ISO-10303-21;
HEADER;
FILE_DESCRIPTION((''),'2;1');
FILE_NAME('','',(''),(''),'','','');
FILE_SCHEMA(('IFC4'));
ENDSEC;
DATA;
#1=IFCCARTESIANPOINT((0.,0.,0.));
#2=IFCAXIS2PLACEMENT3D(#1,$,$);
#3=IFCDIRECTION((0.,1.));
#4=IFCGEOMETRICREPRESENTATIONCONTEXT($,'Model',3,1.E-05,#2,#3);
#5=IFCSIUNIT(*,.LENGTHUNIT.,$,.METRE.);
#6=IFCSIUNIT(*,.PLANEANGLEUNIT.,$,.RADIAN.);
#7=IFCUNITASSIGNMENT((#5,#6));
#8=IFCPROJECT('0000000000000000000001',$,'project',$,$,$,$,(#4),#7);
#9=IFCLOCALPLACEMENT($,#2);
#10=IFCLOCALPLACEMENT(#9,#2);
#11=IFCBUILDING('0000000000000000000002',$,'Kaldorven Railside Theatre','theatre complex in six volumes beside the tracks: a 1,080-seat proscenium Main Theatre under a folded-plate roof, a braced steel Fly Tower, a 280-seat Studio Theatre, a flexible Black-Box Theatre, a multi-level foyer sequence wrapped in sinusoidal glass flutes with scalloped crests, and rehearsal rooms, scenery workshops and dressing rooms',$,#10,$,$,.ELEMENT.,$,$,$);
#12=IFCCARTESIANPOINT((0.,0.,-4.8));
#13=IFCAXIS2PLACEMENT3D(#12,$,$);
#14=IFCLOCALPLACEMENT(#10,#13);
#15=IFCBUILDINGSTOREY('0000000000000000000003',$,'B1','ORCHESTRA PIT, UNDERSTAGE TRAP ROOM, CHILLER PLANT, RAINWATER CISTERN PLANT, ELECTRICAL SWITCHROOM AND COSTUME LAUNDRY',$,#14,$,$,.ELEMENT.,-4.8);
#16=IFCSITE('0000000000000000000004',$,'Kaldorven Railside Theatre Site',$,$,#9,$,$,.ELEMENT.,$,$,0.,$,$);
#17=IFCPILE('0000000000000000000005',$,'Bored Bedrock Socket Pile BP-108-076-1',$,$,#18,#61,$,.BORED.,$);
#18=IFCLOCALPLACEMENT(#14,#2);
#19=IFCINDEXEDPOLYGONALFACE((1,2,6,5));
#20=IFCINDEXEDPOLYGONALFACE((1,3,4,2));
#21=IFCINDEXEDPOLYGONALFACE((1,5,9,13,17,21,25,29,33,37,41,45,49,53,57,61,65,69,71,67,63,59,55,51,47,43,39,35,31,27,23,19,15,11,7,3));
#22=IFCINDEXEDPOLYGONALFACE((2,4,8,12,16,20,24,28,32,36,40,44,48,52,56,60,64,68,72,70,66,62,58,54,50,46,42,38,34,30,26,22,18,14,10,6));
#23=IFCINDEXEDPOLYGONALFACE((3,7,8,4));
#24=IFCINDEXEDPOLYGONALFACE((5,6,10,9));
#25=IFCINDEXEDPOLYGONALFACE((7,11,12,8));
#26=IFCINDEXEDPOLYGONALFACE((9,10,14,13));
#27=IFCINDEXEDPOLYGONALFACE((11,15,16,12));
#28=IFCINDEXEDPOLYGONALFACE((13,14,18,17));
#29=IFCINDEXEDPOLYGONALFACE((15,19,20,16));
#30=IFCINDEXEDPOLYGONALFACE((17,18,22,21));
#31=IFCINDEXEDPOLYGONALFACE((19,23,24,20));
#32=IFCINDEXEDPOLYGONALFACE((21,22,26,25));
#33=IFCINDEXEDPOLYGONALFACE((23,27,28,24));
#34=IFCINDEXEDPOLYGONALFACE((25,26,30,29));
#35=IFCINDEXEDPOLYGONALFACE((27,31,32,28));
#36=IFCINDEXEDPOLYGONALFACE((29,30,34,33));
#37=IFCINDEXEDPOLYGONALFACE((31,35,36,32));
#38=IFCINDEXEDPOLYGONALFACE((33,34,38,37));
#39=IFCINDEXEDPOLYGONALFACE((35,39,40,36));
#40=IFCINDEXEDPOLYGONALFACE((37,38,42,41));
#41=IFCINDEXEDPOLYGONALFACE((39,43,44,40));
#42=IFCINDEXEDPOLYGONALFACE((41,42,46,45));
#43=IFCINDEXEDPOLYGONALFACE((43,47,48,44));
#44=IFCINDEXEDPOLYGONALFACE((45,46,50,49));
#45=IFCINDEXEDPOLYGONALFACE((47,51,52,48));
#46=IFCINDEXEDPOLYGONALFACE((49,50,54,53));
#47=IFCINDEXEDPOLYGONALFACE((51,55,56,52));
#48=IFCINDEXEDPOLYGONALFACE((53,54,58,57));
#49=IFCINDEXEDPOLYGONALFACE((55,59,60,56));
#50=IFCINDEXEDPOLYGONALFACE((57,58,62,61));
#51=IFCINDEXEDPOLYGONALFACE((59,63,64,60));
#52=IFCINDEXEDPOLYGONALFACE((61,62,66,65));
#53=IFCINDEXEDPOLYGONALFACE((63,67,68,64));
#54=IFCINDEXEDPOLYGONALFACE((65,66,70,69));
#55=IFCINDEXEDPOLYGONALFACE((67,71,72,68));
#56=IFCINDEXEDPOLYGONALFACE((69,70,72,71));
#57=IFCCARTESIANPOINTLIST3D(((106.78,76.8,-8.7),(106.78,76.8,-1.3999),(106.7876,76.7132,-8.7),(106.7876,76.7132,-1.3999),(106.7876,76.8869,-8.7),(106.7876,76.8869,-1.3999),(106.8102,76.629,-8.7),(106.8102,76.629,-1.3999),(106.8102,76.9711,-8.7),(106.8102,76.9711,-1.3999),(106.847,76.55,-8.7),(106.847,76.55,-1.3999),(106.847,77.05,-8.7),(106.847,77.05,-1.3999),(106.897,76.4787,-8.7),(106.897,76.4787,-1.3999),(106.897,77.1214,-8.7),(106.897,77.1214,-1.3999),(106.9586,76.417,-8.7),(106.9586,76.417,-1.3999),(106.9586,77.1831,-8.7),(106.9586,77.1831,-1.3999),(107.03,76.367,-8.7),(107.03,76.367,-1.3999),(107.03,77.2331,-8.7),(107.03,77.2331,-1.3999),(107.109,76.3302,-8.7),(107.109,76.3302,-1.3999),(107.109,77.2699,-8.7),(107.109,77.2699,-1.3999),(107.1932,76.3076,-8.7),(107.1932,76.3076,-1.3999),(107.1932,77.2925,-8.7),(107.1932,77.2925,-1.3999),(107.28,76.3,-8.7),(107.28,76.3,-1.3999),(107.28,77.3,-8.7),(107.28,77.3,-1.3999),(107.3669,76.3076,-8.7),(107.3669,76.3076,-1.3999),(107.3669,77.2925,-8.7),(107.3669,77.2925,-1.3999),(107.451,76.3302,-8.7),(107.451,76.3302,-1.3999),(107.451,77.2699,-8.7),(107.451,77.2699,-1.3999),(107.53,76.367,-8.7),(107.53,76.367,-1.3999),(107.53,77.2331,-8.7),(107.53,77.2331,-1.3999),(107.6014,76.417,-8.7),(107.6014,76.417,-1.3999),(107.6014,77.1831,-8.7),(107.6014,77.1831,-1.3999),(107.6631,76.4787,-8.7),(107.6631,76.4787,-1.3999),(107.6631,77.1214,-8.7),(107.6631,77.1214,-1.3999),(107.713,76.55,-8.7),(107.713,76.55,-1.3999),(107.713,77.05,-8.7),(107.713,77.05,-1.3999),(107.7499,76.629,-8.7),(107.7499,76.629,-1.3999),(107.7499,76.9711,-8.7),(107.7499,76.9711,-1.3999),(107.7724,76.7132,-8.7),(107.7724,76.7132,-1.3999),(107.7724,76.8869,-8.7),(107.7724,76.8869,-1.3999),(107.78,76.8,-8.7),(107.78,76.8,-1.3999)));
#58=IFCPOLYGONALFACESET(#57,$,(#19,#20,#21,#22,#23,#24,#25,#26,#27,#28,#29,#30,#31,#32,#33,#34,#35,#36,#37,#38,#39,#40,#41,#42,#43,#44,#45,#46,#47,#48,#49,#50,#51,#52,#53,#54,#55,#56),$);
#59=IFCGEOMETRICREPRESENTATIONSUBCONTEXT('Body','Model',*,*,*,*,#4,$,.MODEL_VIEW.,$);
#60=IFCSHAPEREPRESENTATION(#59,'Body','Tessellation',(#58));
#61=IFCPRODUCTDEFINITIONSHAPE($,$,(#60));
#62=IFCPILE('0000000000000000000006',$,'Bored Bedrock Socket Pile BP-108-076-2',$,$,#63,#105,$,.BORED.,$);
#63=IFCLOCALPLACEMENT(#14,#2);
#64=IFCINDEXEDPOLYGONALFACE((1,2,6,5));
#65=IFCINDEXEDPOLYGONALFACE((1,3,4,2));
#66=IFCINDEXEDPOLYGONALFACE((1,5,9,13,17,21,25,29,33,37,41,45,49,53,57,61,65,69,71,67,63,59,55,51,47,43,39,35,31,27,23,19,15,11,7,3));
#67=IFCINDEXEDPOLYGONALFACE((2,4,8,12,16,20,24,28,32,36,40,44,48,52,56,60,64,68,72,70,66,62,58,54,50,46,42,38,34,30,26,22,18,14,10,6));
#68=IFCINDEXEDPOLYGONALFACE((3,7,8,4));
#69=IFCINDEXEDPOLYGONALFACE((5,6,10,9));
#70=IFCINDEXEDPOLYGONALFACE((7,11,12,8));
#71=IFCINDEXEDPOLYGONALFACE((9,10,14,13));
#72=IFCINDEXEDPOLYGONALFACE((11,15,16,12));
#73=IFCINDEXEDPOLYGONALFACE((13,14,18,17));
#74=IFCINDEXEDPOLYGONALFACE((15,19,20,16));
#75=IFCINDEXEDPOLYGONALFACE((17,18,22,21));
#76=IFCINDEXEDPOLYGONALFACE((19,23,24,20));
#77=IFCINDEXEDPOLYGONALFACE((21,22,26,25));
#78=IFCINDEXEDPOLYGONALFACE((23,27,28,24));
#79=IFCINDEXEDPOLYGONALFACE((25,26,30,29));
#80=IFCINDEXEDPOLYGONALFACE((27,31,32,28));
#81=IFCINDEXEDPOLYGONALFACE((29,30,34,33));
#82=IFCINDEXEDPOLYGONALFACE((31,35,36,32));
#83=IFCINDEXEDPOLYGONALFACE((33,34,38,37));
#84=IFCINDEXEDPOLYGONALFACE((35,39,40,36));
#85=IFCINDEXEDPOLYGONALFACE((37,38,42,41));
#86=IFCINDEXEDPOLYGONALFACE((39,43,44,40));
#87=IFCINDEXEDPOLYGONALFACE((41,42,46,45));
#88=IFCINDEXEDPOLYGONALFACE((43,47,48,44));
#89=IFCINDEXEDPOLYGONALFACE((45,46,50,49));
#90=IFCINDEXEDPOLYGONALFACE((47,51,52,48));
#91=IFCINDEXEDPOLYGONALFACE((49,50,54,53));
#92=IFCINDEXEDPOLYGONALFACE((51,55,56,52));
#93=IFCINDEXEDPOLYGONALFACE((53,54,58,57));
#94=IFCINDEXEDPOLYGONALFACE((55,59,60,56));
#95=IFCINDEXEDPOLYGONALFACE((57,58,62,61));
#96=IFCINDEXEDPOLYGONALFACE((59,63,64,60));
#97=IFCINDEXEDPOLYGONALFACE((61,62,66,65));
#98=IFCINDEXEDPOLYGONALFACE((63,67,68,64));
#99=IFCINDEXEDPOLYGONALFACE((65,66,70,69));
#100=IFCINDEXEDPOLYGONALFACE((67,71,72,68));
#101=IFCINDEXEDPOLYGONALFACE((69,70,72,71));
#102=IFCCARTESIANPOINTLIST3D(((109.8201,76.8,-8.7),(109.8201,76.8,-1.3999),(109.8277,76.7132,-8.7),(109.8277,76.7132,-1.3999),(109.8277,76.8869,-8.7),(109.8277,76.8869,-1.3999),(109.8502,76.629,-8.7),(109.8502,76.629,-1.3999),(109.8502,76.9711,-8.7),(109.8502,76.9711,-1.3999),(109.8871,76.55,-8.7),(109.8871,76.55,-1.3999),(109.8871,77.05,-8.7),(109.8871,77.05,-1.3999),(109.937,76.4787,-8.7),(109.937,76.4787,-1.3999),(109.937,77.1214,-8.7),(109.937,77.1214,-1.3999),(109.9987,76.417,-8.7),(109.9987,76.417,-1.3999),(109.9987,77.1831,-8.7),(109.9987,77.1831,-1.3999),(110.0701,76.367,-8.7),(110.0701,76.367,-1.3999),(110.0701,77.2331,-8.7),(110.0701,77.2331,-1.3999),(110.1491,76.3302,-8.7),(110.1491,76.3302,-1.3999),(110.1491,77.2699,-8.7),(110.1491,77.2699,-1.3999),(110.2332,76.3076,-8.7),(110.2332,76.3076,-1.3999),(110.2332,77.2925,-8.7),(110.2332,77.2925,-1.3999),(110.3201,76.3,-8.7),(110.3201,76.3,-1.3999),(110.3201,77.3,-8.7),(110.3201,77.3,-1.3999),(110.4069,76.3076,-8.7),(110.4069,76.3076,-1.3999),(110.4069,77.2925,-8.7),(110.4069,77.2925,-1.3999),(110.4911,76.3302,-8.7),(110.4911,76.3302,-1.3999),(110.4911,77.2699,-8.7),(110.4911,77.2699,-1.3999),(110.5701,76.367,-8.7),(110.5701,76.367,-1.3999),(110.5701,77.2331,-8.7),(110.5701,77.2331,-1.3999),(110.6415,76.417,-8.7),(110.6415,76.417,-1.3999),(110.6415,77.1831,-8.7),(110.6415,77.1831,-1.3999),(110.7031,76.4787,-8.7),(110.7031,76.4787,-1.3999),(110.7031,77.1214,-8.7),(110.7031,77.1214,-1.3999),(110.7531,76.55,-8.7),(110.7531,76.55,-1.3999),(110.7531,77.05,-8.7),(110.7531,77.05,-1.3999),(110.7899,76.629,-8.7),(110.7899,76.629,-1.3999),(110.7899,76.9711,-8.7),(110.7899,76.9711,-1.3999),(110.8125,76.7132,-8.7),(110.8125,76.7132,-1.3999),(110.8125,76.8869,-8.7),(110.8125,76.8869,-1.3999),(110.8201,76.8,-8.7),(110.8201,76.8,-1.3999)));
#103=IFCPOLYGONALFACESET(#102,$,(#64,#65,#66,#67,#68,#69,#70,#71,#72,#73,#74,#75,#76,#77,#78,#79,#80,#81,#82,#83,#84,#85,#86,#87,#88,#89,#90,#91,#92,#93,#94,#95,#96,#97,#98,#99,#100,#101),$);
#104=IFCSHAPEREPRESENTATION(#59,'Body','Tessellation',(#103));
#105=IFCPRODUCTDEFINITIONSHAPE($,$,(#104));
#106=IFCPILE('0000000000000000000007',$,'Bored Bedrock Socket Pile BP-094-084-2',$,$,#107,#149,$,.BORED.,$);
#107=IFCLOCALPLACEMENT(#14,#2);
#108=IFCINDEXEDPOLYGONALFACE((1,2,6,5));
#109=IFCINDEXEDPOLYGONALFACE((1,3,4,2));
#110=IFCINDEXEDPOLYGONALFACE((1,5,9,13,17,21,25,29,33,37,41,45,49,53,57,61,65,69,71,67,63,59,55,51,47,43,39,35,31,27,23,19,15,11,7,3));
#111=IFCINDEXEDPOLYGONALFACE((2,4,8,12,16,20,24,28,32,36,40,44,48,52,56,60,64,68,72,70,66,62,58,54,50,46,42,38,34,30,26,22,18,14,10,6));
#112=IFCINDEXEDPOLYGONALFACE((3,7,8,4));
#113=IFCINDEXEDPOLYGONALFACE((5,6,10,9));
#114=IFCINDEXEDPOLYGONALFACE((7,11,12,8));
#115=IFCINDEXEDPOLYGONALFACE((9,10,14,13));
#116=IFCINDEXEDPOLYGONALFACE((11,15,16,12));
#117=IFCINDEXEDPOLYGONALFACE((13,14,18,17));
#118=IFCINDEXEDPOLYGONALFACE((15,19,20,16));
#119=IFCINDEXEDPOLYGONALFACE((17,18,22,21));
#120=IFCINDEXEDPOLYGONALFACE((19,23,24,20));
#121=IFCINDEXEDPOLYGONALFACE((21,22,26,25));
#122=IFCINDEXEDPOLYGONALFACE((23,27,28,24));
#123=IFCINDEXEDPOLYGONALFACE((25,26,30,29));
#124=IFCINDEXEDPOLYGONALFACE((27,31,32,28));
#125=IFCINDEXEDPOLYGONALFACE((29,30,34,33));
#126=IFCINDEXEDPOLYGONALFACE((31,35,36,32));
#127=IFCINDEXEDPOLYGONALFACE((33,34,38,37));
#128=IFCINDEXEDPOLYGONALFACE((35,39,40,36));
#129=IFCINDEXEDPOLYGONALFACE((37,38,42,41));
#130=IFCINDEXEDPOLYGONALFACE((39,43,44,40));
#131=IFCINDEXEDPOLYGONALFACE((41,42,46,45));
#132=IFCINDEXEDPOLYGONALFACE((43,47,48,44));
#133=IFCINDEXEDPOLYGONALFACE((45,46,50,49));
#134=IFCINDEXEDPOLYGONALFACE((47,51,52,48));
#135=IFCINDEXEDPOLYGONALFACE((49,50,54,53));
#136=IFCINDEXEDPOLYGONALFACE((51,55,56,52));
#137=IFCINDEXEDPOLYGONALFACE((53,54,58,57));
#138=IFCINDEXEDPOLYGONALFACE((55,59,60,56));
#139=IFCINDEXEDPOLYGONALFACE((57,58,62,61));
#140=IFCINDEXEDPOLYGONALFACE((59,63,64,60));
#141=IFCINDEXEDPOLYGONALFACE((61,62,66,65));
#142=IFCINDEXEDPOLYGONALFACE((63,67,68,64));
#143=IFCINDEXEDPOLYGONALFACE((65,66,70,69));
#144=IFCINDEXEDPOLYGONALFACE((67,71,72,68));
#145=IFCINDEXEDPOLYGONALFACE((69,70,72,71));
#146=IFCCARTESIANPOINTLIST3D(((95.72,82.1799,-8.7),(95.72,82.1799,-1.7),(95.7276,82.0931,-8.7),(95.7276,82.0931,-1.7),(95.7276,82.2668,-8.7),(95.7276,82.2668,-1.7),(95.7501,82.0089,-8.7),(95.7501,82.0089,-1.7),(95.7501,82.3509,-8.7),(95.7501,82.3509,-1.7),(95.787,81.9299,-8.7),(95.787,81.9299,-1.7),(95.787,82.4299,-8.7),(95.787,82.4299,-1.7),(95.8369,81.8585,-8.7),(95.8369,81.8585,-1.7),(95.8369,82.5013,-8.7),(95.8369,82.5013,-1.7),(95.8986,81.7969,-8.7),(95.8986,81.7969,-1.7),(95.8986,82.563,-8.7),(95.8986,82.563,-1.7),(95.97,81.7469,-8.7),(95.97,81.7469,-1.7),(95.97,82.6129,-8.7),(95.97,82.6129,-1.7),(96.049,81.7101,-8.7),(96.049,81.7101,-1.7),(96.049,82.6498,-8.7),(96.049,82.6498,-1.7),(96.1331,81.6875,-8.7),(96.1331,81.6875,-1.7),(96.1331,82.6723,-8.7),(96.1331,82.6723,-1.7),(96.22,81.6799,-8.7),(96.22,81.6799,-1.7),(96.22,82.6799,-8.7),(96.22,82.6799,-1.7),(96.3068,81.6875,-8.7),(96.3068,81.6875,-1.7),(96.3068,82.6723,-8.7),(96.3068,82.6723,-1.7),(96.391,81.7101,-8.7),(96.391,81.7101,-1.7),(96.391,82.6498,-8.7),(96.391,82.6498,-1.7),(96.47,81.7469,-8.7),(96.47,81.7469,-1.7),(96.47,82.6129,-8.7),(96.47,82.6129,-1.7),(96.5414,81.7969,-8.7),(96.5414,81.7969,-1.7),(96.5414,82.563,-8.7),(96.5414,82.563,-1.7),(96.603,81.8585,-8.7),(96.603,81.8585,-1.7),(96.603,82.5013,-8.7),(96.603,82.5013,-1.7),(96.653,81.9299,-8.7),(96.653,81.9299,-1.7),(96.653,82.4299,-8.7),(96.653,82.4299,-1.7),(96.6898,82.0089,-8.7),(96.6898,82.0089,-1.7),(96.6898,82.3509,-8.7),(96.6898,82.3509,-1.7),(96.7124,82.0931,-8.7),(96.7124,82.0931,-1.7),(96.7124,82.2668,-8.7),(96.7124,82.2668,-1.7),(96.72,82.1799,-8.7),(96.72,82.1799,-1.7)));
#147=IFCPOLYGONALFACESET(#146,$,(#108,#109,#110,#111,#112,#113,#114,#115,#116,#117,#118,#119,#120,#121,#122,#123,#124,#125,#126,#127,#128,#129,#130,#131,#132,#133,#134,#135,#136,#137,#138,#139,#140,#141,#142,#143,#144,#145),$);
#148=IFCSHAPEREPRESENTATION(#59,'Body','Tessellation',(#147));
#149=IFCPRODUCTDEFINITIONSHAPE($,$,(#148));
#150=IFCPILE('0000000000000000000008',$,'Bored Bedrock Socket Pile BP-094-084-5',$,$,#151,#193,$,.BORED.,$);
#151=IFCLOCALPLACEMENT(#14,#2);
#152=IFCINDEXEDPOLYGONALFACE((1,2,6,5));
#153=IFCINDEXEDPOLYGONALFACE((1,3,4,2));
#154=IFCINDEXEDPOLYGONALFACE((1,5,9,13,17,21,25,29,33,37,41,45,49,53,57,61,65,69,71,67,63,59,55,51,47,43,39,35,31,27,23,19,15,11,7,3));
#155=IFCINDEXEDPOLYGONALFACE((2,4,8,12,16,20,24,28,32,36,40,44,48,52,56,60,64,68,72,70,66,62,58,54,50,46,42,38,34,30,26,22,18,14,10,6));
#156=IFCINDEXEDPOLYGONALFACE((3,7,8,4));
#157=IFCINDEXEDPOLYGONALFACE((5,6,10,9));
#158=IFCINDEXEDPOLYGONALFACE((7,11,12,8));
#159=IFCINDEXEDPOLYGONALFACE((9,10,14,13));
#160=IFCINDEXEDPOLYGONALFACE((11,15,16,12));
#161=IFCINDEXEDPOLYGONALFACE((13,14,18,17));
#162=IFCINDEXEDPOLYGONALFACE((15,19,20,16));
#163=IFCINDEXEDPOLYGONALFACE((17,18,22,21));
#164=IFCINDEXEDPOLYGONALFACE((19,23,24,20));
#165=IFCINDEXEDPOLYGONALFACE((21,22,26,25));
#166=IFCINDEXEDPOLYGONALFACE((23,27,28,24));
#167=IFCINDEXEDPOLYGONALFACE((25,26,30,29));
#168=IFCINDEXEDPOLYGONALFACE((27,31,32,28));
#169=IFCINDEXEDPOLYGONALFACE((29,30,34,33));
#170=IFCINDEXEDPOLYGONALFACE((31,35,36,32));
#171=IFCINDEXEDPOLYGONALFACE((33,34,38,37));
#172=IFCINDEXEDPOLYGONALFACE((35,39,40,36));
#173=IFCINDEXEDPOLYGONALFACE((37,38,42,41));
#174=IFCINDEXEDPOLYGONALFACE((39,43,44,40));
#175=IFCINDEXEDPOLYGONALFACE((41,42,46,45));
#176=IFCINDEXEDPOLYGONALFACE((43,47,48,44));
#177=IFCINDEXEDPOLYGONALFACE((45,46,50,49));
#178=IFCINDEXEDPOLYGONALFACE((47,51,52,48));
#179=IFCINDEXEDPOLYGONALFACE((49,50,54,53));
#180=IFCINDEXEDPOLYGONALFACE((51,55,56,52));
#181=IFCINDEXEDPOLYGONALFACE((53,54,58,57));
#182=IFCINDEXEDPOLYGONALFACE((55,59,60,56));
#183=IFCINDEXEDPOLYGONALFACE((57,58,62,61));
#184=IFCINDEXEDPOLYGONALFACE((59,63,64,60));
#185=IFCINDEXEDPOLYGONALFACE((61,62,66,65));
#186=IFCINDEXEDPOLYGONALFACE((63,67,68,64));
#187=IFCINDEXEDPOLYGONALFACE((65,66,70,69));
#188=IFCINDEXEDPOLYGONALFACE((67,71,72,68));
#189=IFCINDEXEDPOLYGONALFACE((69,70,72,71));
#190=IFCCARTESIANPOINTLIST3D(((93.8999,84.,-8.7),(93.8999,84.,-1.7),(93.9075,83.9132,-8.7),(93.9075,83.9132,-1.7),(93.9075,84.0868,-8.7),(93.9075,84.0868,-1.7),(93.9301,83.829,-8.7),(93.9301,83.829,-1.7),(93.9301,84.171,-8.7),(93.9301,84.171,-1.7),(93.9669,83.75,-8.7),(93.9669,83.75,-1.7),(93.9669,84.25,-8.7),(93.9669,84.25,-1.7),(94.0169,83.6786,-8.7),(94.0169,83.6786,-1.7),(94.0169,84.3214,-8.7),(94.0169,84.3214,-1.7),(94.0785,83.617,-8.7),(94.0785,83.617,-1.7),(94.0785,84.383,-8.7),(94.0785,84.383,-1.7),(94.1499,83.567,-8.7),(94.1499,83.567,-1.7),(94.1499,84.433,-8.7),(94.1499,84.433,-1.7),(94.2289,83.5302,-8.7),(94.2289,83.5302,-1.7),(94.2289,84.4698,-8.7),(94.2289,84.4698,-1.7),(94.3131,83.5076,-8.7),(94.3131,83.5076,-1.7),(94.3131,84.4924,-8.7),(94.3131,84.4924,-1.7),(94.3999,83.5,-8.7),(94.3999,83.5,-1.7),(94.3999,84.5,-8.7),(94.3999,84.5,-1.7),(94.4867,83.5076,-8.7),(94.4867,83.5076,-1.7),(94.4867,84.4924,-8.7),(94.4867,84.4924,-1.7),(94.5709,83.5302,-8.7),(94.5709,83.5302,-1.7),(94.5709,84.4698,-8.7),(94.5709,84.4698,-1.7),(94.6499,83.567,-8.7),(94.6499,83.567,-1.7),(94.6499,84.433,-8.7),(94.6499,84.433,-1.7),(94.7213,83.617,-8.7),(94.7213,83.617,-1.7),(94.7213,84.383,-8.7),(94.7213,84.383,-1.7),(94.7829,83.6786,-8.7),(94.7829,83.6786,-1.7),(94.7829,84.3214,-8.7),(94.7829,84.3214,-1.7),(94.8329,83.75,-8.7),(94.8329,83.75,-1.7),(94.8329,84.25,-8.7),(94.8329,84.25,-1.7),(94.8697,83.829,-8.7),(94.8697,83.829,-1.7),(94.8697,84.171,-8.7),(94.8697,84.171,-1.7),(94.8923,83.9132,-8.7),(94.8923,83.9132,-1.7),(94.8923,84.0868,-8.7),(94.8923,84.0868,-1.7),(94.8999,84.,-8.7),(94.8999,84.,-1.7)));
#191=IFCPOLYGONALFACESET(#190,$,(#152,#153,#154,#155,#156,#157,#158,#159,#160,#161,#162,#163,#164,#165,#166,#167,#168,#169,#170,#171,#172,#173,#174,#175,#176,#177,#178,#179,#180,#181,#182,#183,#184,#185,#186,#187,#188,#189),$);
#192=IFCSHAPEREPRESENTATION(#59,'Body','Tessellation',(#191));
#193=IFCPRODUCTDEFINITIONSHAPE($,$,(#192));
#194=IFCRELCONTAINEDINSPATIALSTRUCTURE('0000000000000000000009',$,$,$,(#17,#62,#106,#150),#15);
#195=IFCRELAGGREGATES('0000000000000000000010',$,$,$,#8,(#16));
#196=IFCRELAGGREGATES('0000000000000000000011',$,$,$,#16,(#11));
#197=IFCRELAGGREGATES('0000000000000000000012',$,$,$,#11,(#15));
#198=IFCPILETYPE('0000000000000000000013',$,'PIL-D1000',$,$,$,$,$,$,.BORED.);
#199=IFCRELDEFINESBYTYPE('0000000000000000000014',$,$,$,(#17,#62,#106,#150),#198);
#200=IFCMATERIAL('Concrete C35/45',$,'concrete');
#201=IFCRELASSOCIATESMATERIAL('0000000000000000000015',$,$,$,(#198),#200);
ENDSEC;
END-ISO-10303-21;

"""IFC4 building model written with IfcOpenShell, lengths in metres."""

from ifc_helpers import new_model, si_unit, direction, frame, origin, origin_2d, place, context, subcontext, project, spatial, circle, extrude, material, material_profile, profile_set, type_object, element, save


model = new_model("IFC4")

# Units and contexts
model_context = context("Model", 3, precision=1e-05, world=origin(), true_north=direction((0.0, 1.0)))
body_context = subcontext(model_context, "Body", "Model", "MODEL_VIEW")
ifc_project = project(units=[si_unit("LENGTHUNIT", "METRE"), si_unit("PLANEANGLEUNIT", "RADIAN")], contexts=[model_context])

# Site, building, storey
site_placement = place(None, origin())
site = spatial("IfcSite", under=ifc_project, at=site_placement, Name="Kaldorven Railside Theatre Site", CompositionType="ELEMENT", RefElevation=0.0)
building_placement = place(site_placement, origin())
building = spatial("IfcBuilding", under=site, at=building_placement, Name="Kaldorven Railside Theatre", Description="theatre complex in six volumes beside the tracks: a 1,080-seat proscenium Main Theatre under a folded-plate roof, a braced steel Fly Tower, a 280-seat Studio Theatre, a flexible Black-Box Theatre, a multi-level foyer sequence wrapped in sinusoidal glass flutes with scalloped crests, and rehearsal rooms, scenery workshops and dressing rooms", CompositionType="ELEMENT")
storey_placement = place(building_placement, frame((0.0, 0.0, -4.8)))
storey = spatial("IfcBuildingStorey", under=building, at=storey_placement, Name="B1", Description="ORCHESTRA PIT, UNDERSTAGE TRAP ROOM, CHILLER PLANT, RAINWATER CISTERN PLANT, ELECTRICAL SWITCHROOM AND COSTUME LAUNDRY", CompositionType="ELEMENT", Elevation=-4.8)

# Piles
ifc_material_1 = material(Name="Concrete C35/45", Category="concrete")
ifc_material_profile_1 = material_profile(ifc_material_1, circle(Radius=0.5, at=origin_2d()), Name="BP D1000")
ifc_profile_set_1 = profile_set([ifc_material_profile_1], Name="Concrete C35/45")
pile_type_1 = type_object("IfcPileType", Name="PIL-D1000", PredefinedType="BORED", material=ifc_profile_set_1)
for number, where, z_axis, x_axis, name in (
    (1, (107.28, 76.8, -1.3999), (0.0, 0.0, -1.0), (1.0, 0.0, 0.0), "Bored Bedrock Socket Pile BP-108-076-1"),
    (2, (110.3201, 76.8, -1.3999), (0.0, 0.0, -1.0), (1.0, 0.0, 0.0), "Bored Bedrock Socket Pile BP-108-076-2"),
):
    element("IfcPile", number, at=place(storey_placement, frame(where, z_axis=z_axis, x_axis=x_axis)), inside=storey, type_object=pile_type_1, Name=name, PredefinedType="BORED", context=body_context, shape_type="SweptSolid", body=[
        extrude(circle(Radius=0.5, at=origin_2d()), origin(), (0.0, 0.0, 1.0), 7.3),
    ])
for number, where, z_axis, x_axis, name in (
    (3, (96.22, 82.1799, -1.7), (0.0, 0.0, -1.0), (1.0, 0.0, 0.0), "Bored Bedrock Socket Pile BP-094-084-2"),
    (4, (94.3999, 84.0, -1.7), (0.0, 0.0, -1.0), (1.0, 0.0, 0.0), "Bored Bedrock Socket Pile BP-094-084-5"),
):
    element("IfcPile", number, at=place(storey_placement, frame(where, z_axis=z_axis, x_axis=x_axis)), inside=storey, type_object=pile_type_1, Name=name, PredefinedType="BORED", context=body_context, shape_type="SweptSolid", body=[
        extrude(circle(Radius=0.5, at=origin_2d()), origin(), (0.0, 0.0, 1.0), 7.0),
    ])

save(model, "model.ifc")
